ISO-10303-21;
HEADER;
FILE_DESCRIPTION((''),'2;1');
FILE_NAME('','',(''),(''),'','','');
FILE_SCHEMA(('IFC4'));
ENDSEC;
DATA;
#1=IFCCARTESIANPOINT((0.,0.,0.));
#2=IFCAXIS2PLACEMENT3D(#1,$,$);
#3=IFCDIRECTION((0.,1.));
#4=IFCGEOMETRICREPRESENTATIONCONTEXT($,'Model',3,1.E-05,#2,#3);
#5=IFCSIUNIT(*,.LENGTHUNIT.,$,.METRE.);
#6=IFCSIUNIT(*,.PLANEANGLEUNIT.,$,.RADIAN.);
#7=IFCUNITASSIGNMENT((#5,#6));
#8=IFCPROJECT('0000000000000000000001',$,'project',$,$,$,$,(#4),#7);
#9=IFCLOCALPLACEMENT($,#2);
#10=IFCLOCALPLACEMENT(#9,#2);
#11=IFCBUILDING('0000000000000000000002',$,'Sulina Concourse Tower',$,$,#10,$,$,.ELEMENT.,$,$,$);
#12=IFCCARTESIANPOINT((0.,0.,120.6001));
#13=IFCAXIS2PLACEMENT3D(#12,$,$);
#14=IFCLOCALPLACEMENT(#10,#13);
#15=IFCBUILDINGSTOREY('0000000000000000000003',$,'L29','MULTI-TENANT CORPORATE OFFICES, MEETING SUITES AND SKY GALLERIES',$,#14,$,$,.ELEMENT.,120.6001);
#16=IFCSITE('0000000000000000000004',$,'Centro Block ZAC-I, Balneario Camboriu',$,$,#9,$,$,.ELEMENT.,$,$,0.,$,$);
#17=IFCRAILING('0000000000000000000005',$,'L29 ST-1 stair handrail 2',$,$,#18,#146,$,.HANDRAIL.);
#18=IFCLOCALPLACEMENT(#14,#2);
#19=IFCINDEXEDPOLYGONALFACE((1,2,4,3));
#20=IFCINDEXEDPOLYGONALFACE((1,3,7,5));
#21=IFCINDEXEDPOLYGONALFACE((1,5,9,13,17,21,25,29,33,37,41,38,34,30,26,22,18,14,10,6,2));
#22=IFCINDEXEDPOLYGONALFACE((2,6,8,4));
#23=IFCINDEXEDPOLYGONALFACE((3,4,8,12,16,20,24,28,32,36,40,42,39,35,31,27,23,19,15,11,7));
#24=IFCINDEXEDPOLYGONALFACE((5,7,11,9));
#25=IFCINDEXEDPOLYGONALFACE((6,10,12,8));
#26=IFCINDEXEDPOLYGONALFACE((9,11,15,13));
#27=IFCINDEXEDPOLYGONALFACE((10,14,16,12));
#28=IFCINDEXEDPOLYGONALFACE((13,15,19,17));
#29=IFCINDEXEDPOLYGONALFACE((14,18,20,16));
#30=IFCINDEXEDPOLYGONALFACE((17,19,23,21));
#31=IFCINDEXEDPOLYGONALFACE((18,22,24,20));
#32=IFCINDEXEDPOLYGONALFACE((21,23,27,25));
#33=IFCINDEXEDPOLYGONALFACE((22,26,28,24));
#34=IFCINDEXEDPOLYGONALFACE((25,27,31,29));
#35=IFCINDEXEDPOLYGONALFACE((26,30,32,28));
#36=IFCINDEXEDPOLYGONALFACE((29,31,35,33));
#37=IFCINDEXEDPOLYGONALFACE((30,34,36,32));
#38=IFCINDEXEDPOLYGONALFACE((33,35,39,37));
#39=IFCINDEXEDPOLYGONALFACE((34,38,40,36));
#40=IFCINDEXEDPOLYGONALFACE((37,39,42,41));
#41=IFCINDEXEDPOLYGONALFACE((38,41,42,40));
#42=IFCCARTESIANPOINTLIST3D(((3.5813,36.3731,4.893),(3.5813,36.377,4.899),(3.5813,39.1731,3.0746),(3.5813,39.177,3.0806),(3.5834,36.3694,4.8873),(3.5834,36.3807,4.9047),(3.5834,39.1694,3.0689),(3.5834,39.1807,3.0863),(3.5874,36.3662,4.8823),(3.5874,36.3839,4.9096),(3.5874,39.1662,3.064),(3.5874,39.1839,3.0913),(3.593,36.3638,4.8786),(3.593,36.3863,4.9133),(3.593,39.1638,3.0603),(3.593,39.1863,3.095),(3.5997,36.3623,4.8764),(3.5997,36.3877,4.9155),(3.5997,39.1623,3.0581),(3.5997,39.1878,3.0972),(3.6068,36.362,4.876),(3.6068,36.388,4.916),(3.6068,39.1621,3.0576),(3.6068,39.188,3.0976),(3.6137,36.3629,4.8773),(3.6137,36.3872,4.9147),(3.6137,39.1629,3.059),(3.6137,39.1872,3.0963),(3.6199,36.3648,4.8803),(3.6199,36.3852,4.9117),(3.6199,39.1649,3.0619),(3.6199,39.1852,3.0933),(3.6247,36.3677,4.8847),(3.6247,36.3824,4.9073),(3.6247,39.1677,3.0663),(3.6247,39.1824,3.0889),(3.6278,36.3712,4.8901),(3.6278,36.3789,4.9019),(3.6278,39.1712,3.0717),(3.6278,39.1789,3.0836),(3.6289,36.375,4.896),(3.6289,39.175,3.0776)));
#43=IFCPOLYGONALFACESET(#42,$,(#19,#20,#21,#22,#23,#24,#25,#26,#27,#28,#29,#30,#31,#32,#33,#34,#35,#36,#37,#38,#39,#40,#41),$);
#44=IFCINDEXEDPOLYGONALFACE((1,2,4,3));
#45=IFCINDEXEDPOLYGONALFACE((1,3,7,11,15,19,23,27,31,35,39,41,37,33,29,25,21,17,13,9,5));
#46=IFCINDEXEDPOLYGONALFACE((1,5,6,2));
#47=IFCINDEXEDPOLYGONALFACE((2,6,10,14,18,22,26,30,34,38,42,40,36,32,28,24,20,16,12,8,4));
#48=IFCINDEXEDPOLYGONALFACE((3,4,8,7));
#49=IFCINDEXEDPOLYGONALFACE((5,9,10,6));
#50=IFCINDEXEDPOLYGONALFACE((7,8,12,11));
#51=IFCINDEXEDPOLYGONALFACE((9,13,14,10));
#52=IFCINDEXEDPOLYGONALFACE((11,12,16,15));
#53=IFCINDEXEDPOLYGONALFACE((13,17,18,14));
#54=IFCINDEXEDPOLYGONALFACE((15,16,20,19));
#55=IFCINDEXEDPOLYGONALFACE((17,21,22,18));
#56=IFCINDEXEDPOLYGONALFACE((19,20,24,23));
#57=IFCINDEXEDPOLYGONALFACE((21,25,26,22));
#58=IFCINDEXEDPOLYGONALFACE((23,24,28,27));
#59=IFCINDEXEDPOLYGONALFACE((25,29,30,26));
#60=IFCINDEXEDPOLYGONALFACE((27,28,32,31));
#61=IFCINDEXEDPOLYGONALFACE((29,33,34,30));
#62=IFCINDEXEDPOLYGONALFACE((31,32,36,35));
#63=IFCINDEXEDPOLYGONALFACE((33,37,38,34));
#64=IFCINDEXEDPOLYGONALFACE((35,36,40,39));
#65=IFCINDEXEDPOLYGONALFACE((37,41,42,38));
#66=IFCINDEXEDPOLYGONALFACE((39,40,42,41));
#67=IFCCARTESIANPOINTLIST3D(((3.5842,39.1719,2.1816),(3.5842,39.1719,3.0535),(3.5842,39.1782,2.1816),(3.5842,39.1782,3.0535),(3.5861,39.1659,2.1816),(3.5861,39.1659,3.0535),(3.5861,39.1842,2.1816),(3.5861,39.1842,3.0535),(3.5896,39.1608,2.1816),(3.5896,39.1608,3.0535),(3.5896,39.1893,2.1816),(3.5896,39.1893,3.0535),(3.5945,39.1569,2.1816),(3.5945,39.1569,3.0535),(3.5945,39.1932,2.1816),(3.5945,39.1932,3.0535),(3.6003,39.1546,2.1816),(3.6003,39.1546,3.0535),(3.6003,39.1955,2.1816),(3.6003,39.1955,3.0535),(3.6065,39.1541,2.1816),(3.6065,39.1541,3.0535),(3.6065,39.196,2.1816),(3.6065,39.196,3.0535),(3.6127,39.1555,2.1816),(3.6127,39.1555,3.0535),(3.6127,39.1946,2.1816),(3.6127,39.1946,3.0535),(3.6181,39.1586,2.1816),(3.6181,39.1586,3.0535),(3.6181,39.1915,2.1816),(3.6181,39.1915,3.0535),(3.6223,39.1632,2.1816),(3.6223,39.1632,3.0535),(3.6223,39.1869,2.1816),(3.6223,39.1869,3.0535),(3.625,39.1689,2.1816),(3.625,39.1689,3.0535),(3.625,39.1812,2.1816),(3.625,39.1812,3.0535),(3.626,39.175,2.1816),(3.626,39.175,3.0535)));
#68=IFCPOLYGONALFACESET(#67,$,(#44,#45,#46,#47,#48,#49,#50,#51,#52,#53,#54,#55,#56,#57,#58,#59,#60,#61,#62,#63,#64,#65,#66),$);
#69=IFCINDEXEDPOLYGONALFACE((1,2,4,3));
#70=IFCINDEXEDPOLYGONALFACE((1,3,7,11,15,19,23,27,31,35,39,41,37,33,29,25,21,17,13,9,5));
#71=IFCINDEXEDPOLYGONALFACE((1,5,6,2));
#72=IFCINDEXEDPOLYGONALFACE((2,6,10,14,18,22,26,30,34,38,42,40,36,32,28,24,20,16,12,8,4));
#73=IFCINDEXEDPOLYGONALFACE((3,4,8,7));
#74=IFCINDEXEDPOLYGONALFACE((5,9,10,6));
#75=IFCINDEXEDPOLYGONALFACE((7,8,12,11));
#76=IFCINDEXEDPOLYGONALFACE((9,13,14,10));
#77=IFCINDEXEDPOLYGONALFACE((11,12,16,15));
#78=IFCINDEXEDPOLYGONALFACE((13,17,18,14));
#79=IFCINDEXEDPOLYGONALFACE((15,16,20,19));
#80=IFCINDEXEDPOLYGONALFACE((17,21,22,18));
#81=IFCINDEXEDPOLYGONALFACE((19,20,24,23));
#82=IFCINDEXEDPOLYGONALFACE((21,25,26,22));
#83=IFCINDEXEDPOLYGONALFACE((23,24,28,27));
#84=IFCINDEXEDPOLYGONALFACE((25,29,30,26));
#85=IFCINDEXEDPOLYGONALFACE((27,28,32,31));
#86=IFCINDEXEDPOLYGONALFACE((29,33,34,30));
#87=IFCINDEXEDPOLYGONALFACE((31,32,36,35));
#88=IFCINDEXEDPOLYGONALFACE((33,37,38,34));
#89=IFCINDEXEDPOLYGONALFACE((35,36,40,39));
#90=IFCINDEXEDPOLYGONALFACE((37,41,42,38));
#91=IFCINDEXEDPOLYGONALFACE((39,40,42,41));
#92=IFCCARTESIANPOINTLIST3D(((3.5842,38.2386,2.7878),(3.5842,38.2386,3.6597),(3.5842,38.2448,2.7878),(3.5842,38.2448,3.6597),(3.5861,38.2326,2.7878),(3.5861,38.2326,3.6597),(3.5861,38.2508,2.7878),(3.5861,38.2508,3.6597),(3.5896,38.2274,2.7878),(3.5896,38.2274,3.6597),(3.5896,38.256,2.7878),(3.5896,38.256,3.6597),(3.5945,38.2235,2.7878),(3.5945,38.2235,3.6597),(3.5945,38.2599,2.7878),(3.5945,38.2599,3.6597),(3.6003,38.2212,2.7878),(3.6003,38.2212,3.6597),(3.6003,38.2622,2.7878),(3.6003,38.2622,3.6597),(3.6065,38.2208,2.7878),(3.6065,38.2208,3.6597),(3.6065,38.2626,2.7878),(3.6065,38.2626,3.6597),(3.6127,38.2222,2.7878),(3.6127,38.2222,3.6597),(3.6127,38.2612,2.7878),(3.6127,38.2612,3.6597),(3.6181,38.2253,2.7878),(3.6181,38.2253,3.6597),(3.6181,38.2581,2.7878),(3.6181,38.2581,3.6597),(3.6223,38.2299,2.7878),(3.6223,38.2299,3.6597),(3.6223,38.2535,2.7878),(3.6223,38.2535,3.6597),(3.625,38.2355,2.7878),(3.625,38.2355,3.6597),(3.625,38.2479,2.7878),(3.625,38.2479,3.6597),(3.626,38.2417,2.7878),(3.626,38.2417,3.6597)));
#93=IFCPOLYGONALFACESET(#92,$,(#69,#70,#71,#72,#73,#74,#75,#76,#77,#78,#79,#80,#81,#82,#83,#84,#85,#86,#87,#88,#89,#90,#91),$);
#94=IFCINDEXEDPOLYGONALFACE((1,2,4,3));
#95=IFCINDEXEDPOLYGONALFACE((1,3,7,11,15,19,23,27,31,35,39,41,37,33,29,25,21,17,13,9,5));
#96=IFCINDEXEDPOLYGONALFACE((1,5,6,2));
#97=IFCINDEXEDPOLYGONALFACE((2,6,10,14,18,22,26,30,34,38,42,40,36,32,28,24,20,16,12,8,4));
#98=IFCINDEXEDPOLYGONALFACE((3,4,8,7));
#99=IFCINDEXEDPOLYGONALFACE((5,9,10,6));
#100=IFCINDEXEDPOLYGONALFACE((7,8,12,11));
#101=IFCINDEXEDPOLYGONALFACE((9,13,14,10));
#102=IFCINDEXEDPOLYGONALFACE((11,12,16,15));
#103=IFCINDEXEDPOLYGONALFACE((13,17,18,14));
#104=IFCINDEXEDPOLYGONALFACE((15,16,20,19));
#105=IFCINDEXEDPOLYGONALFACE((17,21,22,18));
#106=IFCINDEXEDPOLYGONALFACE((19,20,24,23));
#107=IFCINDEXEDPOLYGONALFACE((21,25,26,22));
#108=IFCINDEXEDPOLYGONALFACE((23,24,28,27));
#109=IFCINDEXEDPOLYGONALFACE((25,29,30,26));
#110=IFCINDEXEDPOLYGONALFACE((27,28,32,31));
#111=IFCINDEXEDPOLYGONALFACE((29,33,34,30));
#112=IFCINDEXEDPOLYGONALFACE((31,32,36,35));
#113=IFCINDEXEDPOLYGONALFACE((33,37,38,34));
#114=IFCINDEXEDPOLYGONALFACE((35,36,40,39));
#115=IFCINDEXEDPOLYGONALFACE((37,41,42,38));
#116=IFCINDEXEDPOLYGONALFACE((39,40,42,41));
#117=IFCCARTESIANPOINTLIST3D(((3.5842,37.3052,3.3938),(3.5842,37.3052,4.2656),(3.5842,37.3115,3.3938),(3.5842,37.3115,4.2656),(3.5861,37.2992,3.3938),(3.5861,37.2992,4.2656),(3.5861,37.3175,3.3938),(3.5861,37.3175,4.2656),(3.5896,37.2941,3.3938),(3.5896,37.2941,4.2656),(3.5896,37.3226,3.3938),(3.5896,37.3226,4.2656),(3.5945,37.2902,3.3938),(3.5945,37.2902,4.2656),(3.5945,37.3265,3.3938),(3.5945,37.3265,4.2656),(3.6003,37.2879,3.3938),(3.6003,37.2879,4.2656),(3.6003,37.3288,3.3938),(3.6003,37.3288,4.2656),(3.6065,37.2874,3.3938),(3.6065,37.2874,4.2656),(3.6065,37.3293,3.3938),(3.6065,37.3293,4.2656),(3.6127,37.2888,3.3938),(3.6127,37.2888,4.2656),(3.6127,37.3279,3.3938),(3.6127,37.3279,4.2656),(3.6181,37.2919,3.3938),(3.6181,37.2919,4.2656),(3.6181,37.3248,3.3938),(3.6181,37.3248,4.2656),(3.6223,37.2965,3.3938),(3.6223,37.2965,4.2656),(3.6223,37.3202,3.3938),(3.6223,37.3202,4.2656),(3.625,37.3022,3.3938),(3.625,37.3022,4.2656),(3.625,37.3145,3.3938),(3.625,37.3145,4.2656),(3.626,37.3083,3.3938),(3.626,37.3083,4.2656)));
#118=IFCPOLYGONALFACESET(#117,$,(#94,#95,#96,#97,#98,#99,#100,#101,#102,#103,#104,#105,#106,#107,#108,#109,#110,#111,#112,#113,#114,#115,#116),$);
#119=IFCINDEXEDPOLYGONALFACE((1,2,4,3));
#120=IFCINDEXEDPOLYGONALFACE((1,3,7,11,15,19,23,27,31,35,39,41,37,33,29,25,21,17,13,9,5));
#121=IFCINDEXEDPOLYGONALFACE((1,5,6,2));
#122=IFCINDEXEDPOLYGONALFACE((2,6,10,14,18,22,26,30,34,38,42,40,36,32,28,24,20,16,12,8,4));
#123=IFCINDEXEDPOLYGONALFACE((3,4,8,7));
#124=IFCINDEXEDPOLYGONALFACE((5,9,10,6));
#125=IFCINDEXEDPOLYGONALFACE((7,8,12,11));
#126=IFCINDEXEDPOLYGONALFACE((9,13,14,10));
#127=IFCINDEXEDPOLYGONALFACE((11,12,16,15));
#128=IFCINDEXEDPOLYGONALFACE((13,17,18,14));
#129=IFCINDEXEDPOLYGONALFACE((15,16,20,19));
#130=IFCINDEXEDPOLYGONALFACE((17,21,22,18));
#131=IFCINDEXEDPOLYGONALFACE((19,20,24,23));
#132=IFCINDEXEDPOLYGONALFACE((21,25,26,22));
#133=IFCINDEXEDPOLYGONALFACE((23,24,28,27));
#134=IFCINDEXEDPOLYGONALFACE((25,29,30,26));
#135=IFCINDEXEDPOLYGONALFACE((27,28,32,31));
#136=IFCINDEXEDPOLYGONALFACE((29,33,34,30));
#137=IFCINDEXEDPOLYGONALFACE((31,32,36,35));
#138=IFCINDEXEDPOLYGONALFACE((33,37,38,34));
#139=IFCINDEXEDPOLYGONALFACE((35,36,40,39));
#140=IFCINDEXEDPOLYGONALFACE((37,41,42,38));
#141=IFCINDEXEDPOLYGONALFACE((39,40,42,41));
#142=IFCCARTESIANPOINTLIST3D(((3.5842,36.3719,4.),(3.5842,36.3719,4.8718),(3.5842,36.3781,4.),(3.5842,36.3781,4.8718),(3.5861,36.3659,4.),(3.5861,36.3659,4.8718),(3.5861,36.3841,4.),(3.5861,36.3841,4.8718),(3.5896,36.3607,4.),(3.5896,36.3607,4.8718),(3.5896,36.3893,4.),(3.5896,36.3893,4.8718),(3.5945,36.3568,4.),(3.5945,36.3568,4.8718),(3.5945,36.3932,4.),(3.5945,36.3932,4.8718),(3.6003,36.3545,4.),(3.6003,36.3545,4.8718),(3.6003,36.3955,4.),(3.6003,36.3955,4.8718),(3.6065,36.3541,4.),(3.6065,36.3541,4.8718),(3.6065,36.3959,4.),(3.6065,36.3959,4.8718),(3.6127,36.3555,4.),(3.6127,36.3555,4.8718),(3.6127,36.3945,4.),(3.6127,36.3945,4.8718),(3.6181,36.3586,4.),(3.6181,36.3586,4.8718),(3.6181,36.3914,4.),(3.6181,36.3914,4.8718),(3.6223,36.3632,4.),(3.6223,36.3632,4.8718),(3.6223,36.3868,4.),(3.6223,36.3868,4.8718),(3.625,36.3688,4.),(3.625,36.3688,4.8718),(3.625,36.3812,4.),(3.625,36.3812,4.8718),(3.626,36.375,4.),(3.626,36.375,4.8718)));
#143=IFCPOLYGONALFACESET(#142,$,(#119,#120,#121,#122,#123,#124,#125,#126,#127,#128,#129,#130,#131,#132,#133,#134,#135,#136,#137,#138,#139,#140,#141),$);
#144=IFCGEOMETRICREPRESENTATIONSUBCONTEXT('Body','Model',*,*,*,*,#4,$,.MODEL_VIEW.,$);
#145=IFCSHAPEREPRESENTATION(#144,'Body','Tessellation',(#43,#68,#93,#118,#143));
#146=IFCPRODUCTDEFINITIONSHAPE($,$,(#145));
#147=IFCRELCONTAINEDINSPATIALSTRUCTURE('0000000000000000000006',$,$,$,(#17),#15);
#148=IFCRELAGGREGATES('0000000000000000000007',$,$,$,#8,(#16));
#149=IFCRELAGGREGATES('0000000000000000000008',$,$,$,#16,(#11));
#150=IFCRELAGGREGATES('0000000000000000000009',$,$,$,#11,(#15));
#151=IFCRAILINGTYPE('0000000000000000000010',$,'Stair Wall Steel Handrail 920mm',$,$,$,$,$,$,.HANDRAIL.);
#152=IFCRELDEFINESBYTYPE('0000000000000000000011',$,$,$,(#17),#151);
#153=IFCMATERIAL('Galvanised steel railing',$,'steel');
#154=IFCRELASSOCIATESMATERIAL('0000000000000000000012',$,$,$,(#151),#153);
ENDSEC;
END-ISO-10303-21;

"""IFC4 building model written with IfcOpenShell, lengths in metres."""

from ifc_helpers import new_model, si_unit, direction, frame, origin, origin_2d, place, context, subcontext, project, spatial, circle, extrude, material, type_object, element, save


model = new_model("IFC4")

# Units and contexts
model_context = context("Model", 3, precision=1e-05, world=origin(), true_north=direction((0.0, 1.0)))
body_context = subcontext(model_context, "Body", "Model", "MODEL_VIEW")
ifc_project = project(units=[si_unit("LENGTHUNIT", "METRE"), si_unit("PLANEANGLEUNIT", "RADIAN")], contexts=[model_context])

# Site, building, storey
site_placement = place(None, origin())
site = spatial("IfcSite", under=ifc_project, at=site_placement, Name="Centro Block ZAC-I, Balneario Camboriu", CompositionType="ELEMENT", RefElevation=0.0)
building_placement = place(site_placement, origin())
building = spatial("IfcBuilding", under=site, at=building_placement, Name="Sulina Concourse Tower", CompositionType="ELEMENT")
storey_placement = place(building_placement, frame((0.0, 0.0, 120.6001)))
storey = spatial("IfcBuildingStorey", under=building, at=storey_placement, Name="L29", Description="MULTI-TENANT CORPORATE OFFICES, MEETING SUITES AND SKY GALLERIES", CompositionType="ELEMENT", Elevation=120.6001)

# Railing
ifc_material_1 = material(Name="Galvanised steel railing", Category="steel")
railing_type_1 = type_object("IfcRailingType", Name="Stair Wall Steel Handrail 920mm", PredefinedType="HANDRAIL", material=ifc_material_1)
railing_1_placement = place(storey_placement, frame((3.605, 39.175, 2.1816)))
element("IfcRailing", 1, at=railing_1_placement, inside=storey, type_object=railing_type_1, Name="L29 ST-1 stair handrail 2", PredefinedType="HANDRAIL", context=body_context, shape_type="SweptSolid", body=[
    extrude(circle(Radius=0.0239, at=origin_2d()), frame((0.0, 0.0, 0.896), z_axis=(0.0, -0.838672, 0.544636), x_axis=(1.0, 0.0, 0.0)), (0.0, 0.0, 1.0), 3.3386),
    extrude(circle(Radius=0.021, at=origin_2d()), origin(), (0.0, 0.0, 1.0), 0.8718),
    extrude(circle(Radius=0.021, at=origin_2d()), frame((0.0, -0.9333, 0.6062)), (0.0, 0.0, 1.0), 0.8718),
    extrude(circle(Radius=0.021, at=origin_2d()), frame((0.0, -1.8667, 1.2122)), (0.0, 0.0, 1.0), 0.8718),
    extrude(circle(Radius=0.021, at=origin_2d()), frame((0.0, -2.8, 1.8184)), (0.0, 0.0, 1.0), 0.8718),
])

save(model, "model.ifc")
